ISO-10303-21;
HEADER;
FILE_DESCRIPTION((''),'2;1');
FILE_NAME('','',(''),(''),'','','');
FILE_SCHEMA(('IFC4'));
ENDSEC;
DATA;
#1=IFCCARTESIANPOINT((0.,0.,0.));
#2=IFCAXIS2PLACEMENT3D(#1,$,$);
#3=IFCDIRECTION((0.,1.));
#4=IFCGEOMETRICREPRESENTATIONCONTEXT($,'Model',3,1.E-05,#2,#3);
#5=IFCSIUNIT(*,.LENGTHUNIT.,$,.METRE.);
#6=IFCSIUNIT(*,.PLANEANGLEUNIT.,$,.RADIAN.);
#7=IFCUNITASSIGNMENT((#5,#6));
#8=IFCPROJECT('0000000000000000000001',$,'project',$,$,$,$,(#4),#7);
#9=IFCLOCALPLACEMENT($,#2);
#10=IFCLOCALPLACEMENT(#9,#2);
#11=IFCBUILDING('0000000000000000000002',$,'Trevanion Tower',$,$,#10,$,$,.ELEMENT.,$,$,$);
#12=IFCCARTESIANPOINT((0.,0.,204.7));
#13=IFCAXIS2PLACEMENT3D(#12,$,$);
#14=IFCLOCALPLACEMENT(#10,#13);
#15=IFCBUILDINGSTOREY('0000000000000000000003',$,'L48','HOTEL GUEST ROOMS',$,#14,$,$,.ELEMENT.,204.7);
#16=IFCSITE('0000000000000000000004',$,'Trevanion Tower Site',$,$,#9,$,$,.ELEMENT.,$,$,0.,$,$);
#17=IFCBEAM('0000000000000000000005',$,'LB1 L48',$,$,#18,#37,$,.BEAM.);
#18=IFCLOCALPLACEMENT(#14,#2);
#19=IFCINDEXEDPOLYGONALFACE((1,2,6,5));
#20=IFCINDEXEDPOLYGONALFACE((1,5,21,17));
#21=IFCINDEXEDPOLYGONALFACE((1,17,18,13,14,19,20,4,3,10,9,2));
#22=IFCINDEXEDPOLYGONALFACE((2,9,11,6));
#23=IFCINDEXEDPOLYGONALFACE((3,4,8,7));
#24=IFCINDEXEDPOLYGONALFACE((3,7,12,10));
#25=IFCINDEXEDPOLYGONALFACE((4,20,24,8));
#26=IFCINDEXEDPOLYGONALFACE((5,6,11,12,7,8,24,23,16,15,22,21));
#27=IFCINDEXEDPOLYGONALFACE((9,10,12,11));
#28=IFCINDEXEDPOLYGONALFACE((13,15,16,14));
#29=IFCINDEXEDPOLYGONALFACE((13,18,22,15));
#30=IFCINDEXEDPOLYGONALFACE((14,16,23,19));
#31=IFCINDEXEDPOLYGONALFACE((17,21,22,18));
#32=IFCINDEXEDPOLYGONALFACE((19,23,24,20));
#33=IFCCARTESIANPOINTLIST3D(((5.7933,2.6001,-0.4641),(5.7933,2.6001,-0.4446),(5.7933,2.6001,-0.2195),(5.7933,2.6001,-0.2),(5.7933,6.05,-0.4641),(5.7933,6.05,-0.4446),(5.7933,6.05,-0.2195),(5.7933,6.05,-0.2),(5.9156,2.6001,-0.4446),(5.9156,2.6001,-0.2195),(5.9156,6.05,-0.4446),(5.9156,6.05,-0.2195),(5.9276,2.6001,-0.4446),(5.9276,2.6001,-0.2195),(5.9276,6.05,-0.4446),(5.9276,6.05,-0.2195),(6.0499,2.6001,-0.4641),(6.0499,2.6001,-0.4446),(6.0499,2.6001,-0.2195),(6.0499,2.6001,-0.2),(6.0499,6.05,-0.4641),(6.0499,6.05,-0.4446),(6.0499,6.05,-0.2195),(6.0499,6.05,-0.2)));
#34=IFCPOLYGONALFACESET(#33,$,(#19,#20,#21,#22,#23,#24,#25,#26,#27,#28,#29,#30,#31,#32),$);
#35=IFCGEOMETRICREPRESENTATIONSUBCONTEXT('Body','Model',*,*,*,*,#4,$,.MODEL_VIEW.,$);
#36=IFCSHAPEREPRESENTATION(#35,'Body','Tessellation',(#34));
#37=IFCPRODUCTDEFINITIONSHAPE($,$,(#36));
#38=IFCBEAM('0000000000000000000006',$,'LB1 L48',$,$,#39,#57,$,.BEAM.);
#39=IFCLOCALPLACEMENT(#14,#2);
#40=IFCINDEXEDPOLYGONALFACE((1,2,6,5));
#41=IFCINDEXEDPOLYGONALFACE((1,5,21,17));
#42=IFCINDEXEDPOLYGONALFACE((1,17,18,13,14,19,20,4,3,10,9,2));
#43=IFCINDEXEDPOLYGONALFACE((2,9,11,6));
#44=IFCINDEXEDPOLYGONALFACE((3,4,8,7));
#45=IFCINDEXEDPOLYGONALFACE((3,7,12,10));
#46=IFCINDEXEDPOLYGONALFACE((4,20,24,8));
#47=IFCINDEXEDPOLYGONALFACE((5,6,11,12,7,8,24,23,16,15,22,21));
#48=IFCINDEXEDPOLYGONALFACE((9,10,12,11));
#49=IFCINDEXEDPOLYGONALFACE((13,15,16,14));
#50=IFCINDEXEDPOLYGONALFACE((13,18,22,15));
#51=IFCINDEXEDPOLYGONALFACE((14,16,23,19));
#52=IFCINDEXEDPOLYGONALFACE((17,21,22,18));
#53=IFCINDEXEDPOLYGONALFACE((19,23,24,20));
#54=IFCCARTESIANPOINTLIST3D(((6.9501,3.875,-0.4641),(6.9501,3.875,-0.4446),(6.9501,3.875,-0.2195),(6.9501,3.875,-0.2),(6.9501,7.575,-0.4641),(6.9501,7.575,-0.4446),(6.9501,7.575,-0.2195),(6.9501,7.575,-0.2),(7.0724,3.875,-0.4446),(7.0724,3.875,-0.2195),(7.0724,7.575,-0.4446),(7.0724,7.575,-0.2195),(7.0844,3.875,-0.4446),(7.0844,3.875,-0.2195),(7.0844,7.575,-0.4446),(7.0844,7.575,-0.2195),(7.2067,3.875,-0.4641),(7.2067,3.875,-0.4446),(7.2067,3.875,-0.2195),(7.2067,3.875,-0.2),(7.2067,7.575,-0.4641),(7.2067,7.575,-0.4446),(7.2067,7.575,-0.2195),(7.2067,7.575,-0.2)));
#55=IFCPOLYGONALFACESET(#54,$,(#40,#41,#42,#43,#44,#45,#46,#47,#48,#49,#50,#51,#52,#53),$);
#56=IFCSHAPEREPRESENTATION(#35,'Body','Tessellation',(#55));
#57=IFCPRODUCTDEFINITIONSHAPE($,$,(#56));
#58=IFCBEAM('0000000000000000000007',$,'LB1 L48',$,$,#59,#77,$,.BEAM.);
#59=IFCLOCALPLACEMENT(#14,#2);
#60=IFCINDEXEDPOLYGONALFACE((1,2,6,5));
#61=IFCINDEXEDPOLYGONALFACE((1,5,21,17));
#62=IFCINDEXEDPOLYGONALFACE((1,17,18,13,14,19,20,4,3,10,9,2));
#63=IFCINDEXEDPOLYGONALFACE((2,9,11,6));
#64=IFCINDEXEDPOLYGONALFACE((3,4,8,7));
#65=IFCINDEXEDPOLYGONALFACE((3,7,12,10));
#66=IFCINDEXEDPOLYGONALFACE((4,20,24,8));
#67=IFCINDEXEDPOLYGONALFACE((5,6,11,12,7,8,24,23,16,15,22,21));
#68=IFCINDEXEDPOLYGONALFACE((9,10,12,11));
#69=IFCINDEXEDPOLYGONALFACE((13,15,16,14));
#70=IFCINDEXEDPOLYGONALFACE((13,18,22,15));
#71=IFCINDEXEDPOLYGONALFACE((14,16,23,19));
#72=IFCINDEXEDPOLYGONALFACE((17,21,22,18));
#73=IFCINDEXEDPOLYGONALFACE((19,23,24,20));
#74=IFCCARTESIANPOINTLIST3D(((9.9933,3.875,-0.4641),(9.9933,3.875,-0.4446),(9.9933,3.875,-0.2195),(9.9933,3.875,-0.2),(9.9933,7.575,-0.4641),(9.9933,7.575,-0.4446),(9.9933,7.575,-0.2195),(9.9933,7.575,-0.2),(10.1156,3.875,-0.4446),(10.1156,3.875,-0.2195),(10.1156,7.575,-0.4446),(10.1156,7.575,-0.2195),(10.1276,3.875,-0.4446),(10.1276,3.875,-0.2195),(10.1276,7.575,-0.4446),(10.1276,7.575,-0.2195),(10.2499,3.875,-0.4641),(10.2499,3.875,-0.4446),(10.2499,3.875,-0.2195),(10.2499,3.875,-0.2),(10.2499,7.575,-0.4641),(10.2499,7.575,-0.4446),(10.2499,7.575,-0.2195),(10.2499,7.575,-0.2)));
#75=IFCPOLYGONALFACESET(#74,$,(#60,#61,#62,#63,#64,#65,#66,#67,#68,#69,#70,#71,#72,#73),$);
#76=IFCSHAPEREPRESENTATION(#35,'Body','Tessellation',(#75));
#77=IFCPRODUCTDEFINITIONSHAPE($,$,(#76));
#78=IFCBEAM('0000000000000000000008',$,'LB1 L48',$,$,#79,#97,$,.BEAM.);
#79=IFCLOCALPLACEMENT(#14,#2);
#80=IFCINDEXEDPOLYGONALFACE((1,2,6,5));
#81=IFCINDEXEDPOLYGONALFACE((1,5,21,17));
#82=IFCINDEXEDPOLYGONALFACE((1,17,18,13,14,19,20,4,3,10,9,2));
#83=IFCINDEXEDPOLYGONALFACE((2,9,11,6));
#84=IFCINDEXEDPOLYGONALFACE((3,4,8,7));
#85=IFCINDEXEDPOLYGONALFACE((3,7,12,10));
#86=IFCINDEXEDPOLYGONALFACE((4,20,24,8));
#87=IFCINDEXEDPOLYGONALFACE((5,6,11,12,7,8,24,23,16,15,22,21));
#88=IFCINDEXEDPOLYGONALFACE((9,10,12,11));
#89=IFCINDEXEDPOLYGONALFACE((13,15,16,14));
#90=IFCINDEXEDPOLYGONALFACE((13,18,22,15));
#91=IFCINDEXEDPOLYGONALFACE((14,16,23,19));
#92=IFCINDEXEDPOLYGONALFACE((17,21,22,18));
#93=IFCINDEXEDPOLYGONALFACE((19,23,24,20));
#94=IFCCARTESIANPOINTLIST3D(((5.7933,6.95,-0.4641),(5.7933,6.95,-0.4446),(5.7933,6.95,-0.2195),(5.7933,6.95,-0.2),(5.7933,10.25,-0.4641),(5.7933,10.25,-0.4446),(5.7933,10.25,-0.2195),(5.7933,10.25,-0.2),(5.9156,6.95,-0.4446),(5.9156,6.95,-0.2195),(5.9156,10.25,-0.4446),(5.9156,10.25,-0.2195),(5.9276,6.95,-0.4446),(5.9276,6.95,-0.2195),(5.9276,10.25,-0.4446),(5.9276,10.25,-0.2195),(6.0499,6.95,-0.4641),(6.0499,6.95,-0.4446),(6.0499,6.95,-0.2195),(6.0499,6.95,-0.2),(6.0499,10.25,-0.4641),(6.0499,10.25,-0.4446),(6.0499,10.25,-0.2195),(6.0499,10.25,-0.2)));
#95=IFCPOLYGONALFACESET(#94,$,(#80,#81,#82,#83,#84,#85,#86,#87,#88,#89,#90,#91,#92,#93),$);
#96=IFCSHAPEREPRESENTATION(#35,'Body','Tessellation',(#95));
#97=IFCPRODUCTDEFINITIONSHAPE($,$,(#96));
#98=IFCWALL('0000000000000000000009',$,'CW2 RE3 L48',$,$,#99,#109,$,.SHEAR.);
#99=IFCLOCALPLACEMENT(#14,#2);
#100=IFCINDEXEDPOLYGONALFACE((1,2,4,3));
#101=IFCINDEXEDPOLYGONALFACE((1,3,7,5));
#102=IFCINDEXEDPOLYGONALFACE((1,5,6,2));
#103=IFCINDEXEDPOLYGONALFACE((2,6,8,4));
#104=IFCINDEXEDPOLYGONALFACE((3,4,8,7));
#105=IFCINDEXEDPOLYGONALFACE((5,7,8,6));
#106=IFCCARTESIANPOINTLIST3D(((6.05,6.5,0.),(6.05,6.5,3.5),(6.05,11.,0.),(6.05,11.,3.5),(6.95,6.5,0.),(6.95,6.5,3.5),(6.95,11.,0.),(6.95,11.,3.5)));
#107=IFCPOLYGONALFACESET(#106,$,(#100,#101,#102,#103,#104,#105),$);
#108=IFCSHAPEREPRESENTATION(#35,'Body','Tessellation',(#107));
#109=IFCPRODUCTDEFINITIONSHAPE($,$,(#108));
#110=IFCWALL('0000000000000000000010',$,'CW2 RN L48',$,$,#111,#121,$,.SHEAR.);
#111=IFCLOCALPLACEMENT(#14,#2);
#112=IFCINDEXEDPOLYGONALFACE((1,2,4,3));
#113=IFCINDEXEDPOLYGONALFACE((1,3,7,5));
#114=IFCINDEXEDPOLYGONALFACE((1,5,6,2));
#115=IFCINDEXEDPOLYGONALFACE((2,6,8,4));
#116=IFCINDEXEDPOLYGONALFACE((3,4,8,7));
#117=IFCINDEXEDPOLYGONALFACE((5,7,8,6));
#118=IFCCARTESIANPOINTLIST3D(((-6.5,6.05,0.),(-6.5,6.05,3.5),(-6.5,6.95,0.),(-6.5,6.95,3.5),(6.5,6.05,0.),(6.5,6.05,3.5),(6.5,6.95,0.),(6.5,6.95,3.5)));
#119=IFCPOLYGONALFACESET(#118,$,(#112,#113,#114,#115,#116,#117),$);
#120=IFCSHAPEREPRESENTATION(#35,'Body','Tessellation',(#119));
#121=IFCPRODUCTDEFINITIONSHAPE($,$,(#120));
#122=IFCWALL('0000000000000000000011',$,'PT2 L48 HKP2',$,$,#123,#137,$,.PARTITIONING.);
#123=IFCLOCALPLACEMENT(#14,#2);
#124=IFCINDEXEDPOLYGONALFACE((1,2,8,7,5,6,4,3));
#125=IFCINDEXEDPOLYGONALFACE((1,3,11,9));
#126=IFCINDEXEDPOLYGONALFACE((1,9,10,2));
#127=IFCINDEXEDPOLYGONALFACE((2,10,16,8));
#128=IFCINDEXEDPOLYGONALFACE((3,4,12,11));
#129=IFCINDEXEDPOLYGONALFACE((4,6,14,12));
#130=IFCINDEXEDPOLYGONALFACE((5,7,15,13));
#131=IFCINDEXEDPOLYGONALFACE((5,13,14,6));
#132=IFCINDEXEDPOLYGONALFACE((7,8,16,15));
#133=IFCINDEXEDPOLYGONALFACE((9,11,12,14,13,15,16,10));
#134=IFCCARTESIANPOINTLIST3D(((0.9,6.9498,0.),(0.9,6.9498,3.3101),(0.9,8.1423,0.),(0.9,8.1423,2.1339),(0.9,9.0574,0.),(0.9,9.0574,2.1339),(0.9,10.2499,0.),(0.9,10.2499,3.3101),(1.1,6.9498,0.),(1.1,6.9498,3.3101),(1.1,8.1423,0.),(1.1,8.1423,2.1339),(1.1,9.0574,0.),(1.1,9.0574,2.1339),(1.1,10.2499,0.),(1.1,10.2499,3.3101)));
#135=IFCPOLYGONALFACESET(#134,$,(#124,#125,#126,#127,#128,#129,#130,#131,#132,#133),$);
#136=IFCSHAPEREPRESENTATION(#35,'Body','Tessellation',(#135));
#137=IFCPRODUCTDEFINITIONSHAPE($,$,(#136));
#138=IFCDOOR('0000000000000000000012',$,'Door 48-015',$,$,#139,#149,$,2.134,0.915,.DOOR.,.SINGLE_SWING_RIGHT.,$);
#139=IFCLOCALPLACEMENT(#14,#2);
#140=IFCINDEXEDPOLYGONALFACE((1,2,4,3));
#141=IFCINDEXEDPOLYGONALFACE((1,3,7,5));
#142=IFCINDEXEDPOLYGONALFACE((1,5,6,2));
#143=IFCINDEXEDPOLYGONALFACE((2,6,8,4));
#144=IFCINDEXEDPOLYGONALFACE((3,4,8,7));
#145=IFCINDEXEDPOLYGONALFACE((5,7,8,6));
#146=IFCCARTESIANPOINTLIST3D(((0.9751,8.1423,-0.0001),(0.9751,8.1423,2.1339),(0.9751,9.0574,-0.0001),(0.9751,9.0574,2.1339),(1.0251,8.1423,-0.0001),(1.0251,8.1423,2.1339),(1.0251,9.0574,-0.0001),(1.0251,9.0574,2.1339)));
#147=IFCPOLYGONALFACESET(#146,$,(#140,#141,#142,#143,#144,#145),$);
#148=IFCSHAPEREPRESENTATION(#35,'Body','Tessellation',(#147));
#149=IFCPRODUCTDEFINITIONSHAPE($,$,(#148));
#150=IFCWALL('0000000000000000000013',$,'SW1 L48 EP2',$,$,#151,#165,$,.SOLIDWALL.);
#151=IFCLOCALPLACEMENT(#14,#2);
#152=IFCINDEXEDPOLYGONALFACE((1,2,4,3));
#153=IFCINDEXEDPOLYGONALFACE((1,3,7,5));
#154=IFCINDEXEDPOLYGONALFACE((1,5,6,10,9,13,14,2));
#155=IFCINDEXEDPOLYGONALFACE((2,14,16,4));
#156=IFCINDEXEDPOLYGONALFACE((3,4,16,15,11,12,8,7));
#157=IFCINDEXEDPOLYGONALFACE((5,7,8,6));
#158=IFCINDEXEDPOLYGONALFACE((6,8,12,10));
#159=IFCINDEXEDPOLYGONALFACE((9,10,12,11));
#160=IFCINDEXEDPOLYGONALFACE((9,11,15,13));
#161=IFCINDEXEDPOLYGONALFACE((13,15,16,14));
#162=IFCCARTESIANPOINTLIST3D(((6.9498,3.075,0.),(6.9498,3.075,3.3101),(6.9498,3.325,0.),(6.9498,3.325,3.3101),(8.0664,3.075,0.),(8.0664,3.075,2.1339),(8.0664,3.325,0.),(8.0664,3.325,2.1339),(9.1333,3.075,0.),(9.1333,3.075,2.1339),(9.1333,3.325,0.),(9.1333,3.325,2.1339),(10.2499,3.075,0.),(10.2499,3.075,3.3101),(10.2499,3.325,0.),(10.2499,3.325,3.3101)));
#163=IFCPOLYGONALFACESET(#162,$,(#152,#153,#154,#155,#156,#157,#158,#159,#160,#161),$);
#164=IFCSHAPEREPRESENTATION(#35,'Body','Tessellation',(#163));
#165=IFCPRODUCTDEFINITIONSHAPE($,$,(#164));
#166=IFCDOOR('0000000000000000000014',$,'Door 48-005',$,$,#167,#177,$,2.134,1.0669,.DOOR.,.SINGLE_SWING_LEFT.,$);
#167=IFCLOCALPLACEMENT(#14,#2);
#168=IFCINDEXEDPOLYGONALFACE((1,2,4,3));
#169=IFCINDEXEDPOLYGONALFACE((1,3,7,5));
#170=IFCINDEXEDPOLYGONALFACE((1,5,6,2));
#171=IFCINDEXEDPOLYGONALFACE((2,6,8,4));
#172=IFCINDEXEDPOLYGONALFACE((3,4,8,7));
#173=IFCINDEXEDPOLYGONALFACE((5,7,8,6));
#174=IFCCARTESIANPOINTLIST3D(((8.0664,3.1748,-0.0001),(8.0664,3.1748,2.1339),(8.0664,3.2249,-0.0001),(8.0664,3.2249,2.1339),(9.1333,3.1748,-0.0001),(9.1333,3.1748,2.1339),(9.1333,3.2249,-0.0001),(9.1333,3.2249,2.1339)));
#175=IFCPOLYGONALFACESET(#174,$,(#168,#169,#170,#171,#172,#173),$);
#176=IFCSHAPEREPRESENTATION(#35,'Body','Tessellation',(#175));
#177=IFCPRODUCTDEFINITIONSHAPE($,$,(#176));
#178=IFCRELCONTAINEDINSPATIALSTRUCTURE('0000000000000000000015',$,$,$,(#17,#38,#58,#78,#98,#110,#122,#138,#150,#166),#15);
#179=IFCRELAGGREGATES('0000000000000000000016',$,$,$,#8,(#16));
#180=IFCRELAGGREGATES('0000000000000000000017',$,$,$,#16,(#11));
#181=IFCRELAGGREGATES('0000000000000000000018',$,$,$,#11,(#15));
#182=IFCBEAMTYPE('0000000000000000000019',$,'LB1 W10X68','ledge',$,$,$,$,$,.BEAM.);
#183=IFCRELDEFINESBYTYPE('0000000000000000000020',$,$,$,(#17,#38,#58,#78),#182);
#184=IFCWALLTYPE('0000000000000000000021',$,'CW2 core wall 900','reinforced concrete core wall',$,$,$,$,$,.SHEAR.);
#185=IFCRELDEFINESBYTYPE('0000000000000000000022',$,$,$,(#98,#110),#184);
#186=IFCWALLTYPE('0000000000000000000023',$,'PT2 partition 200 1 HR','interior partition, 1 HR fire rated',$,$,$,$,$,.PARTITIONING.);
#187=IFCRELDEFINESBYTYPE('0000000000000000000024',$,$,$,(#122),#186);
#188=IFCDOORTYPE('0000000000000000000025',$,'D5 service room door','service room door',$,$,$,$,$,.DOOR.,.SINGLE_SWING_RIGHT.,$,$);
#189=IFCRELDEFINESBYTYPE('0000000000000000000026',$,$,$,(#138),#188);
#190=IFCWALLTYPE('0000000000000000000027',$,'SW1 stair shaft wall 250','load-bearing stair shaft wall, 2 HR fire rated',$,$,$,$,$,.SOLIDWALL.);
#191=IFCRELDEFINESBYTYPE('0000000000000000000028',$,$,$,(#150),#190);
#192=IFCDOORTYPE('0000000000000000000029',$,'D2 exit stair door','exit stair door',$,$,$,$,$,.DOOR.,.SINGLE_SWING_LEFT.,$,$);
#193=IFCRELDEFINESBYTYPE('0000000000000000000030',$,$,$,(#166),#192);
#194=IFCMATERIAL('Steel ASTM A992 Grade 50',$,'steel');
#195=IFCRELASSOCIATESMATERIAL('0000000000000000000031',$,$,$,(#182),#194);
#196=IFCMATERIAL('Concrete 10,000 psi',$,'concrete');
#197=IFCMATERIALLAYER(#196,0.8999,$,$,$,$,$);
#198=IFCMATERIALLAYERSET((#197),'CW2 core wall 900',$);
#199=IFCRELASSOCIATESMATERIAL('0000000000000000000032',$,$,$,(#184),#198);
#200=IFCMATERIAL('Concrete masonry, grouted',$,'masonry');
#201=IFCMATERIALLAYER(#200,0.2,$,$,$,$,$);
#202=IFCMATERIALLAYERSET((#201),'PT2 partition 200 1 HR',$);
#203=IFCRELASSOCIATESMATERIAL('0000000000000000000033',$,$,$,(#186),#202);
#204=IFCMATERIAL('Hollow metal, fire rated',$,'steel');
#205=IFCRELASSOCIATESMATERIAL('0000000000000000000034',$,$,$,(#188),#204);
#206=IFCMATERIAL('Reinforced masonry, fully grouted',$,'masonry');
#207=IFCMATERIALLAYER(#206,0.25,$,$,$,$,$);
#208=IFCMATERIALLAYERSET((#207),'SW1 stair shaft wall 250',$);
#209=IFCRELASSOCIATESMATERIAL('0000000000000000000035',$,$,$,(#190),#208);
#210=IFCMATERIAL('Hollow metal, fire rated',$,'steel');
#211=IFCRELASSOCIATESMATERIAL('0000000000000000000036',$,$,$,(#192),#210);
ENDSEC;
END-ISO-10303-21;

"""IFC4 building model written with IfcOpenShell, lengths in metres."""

from ifc_helpers import new_model, si_unit, direction, frame, frame_2d, origin, origin_2d, place, context, subcontext, project, spatial, rectangle, i_section, extrude, material, layer, layer_set, material_profile, profile_set, type_object, element, fill, save


model = new_model("IFC4")

# Units and contexts
model_context = context("Model", 3, precision=1e-05, world=origin(), true_north=direction((0.0, 1.0)))
body_context = subcontext(model_context, "Body", "Model", "MODEL_VIEW")
ifc_project = project(units=[si_unit("LENGTHUNIT", "METRE"), si_unit("PLANEANGLEUNIT", "RADIAN")], contexts=[model_context])

# Site, building, storey
site_placement = place(None, origin())
site = spatial("IfcSite", under=ifc_project, at=site_placement, Name="Trevanion Tower Site", CompositionType="ELEMENT", RefElevation=0.0)
building_placement = place(site_placement, origin())
building = spatial("IfcBuilding", under=site, at=building_placement, Name="Trevanion Tower", CompositionType="ELEMENT")
storey_placement = place(building_placement, frame((0.0, 0.0, 204.7)))
storey = spatial("IfcBuildingStorey", under=building, at=storey_placement, Name="L48", Description="HOTEL GUEST ROOMS", CompositionType="ELEMENT", Elevation=204.7)

# Beams
ifc_material_1 = material(Name="Steel ASTM A992 Grade 50", Category="steel")
ifc_material_profile = material_profile(ifc_material_1, i_section(OverallWidth=0.2566, OverallDepth=0.2642, WebThickness=0.012, FlangeThickness=0.0195, at=origin_2d()), Name="W10X68")
ifc_profile_set = profile_set([ifc_material_profile], Name="Steel ASTM A992 Grade 50")
beam_type = type_object("IfcBeamType", Name="LB1 W10X68", Description="ledge", PredefinedType="BEAM", material=ifc_profile_set)
beam_1_placement = place(storey_placement, frame((5.9216, 2.6001, -0.332), z_axis=(0.0, 1.0, 0.0), x_axis=(-1.0, 0.0, 0.0)))
element("IfcBeam", 1, at=beam_1_placement, inside=storey, type_object=beam_type, Name="LB1 L48", PredefinedType="BEAM", context=body_context, shape_type="SweptSolid", body=[
    extrude(i_section(OverallWidth=0.2566, OverallDepth=0.2642, WebThickness=0.012, FlangeThickness=0.0195, at=origin_2d()), origin(), (0.0, 0.0, 1.0), 3.45),
])
for number, where, z_axis, x_axis, name in (
    (2, (7.0784, 3.875, -0.332), (0.0, 1.0, 0.0), (-1.0, 0.0, 0.0), "LB1 L48"),
    (3, (10.1216, 3.875, -0.332), (0.0, 1.0, 0.0), (-1.0, 0.0, 0.0), "LB1 L48"),
):
    element("IfcBeam", number, at=place(storey_placement, frame(where, z_axis=z_axis, x_axis=x_axis)), inside=storey, type_object=beam_type, Name=name, PredefinedType="BEAM", context=body_context, shape_type="SweptSolid", body=[
        extrude(i_section(OverallWidth=0.2566, OverallDepth=0.2642, WebThickness=0.012, FlangeThickness=0.0195, at=origin_2d()), origin(), (0.0, 0.0, 1.0), 3.7),
    ])
beam_2_placement = place(storey_placement, frame((5.9216, 6.95, -0.332), z_axis=(0.0, 1.0, 0.0), x_axis=(-1.0, 0.0, 0.0)))
element("IfcBeam", 4, at=beam_2_placement, inside=storey, type_object=beam_type, Name="LB1 L48", PredefinedType="BEAM", context=body_context, shape_type="SweptSolid", body=[
    extrude(i_section(OverallWidth=0.2566, OverallDepth=0.2642, WebThickness=0.012, FlangeThickness=0.0195, at=origin_2d()), origin(), (0.0, 0.0, 1.0), 3.3),
])

# Walls
ifc_material_2 = material(Name="Concrete 10,000 psi", Category="concrete")
ifc_layer_1 = layer(ifc_material_2, 0.8999)
ifc_layer_set_1 = layer_set([ifc_layer_1], Name="CW2 core wall 900")
wall_type_1 = type_object("IfcWallType", Name="CW2 core wall 900", Description="reinforced concrete core wall", PredefinedType="SHEAR", material=ifc_layer_set_1)
wall_1_placement = place(storey_placement, frame((6.5, 6.5, 0.0), z_axis=(0.0, 0.0, 1.0), x_axis=(0.0, 1.0, 0.0)))
element("IfcWall", 5, at=wall_1_placement, inside=storey, type_object=wall_type_1, Name="CW2 RE3 L48", PredefinedType="SHEAR", context=body_context, shape_type="SweptSolid", body=[
    extrude(rectangle(XDim=4.5, YDim=0.8999, at=frame_2d((2.25, 0.0))), origin(), (0.0, 0.0, 1.0), 3.5),
])
wall_2_placement = place(storey_placement, frame((6.5, 6.5, 0.0), z_axis=(0.0, 0.0, 1.0), x_axis=(-1.0, 0.0, 0.0)))
element("IfcWall", 6, at=wall_2_placement, inside=storey, type_object=wall_type_1, Name="CW2 RN L48", PredefinedType="SHEAR", context=body_context, shape_type="SweptSolid", body=[
    extrude(rectangle(XDim=13.0, YDim=0.8999, at=frame_2d((6.5, 0.0))), origin(), (0.0, 0.0, 1.0), 3.5),
])

# Walls, openings, doors
ifc_material_3 = material(Name="Concrete masonry, grouted", Category="masonry")
ifc_layer_2 = layer(ifc_material_3, 0.2)
ifc_layer_set_2 = layer_set([ifc_layer_2], Name="PT2 partition 200 1 HR")
wall_type_2 = type_object("IfcWallType", Name="PT2 partition 200 1 HR", Description="interior partition, 1 HR fire rated", PredefinedType="PARTITIONING", material=ifc_layer_set_2)
wall_3_placement = place(storey_placement, frame((1.0, 6.95, 0.0), z_axis=(0.0, 0.0, 1.0), x_axis=(0.0, 1.0, 0.0)))
wall_3 = element("IfcWall", 7, at=wall_3_placement, inside=storey, type_object=wall_type_2, Name="PT2 L48 HKP2", PredefinedType="PARTITIONING", context=body_context, shape_type="SweptSolid", body=[
    extrude(rectangle(XDim=3.3, YDim=0.2, at=frame_2d((1.6499, 0.0))), origin(), (0.0, 0.0, 1.0), 3.3101),
])
opening_1_placement = place(wall_3_placement, frame((1.1924, 0.0, 0.0)))
opening_1 = element("IfcOpeningElement", 8, at=opening_1_placement, cuts=wall_3, PredefinedType="OPENING", context=body_context, shape_type="SweptSolid", body=[
    extrude(rectangle(XDim=0.915, YDim=2.134, at=frame_2d((0.4575, 1.0669))), frame((0.0, 0.1099, 0.0), z_axis=(0.0, -1.0, 0.0), x_axis=(1.0, 0.0, 0.0)), (0.0, 0.0, 1.0), 0.22),
])
ifc_material_4 = material(Name="Hollow metal, fire rated", Category="steel")
door_type_1 = type_object("IfcDoorType", Name="D5 service room door", Description="service room door", OperationType="SINGLE_SWING_RIGHT", PredefinedType="DOOR", material=ifc_material_4)
door_1_placement = place(opening_1_placement, origin())
door_1 = element("IfcDoor", 9, at=door_1_placement, inside=storey, type_object=door_type_1, Name="Door 48-015", OperationType="SINGLE_SWING_RIGHT", OverallHeight=2.134, OverallWidth=0.915, PredefinedType="DOOR", context=body_context, shape_type="SweptSolid", body=[
    extrude(rectangle(XDim=0.915, YDim=2.134, at=frame_2d((0.4575, 1.0669))), frame((0.0, 0.0249, 0.0), z_axis=(0.0, -1.0, 0.0), x_axis=(1.0, 0.0, 0.0)), (0.0, 0.0, 1.0), 0.05),
])
fill(opening_1, door_1)
ifc_material_5 = material(Name="Reinforced masonry, fully grouted", Category="masonry")
ifc_layer_3 = layer(ifc_material_5, 0.25)
ifc_layer_set_3 = layer_set([ifc_layer_3], Name="SW1 stair shaft wall 250")
wall_type_3 = type_object("IfcWallType", Name="SW1 stair shaft wall 250", Description="load-bearing stair shaft wall, 2 HR fire rated", PredefinedType="SOLIDWALL", material=ifc_layer_set_3)
wall_4_placement = place(storey_placement, frame((6.95, 3.2, 0.0), z_axis=(0.0, 0.0, 1.0), x_axis=(1.0, 0.0, 0.0)))
wall_4 = element("IfcWall", 10, at=wall_4_placement, inside=storey, type_object=wall_type_3, Name="SW1 L48 EP2", PredefinedType="SOLIDWALL", context=body_context, shape_type="SweptSolid", body=[
    extrude(rectangle(XDim=3.3, YDim=0.25, at=frame_2d((1.6499, 0.0))), origin(), (0.0, 0.0, 1.0), 3.3101),
])
opening_2_placement = place(wall_4_placement, frame((1.1165, 0.0, 0.0)))
opening_2 = element("IfcOpeningElement", 11, at=opening_2_placement, cuts=wall_4, PredefinedType="OPENING", context=body_context, shape_type="SweptSolid", body=[
    extrude(rectangle(XDim=1.0669, YDim=2.134, at=frame_2d((0.5334, 1.0669))), frame((0.0, 0.135, 0.0), z_axis=(0.0, -1.0, 0.0), x_axis=(1.0, 0.0, 0.0)), (0.0, 0.0, 1.0), 0.27),
])
ifc_material_6 = material(Name="Hollow metal, fire rated", Category="steel")
door_type_2 = type_object("IfcDoorType", Name="D2 exit stair door", Description="exit stair door", OperationType="SINGLE_SWING_LEFT", PredefinedType="DOOR", material=ifc_material_6)
door_2_placement = place(opening_2_placement, origin())
door_2 = element("IfcDoor", 12, at=door_2_placement, inside=storey, type_object=door_type_2, Name="Door 48-005", OperationType="SINGLE_SWING_LEFT", OverallHeight=2.134, OverallWidth=1.0669, PredefinedType="DOOR", context=body_context, shape_type="SweptSolid", body=[
    extrude(rectangle(XDim=1.0669, YDim=2.134, at=frame_2d((0.5334, 1.0669))), frame((0.0, 0.0249, 0.0), z_axis=(0.0, -1.0, 0.0), x_axis=(1.0, 0.0, 0.0)), (0.0, 0.0, 1.0), 0.05),
])
fill(opening_2, door_2)

save(model, "model.ifc")
